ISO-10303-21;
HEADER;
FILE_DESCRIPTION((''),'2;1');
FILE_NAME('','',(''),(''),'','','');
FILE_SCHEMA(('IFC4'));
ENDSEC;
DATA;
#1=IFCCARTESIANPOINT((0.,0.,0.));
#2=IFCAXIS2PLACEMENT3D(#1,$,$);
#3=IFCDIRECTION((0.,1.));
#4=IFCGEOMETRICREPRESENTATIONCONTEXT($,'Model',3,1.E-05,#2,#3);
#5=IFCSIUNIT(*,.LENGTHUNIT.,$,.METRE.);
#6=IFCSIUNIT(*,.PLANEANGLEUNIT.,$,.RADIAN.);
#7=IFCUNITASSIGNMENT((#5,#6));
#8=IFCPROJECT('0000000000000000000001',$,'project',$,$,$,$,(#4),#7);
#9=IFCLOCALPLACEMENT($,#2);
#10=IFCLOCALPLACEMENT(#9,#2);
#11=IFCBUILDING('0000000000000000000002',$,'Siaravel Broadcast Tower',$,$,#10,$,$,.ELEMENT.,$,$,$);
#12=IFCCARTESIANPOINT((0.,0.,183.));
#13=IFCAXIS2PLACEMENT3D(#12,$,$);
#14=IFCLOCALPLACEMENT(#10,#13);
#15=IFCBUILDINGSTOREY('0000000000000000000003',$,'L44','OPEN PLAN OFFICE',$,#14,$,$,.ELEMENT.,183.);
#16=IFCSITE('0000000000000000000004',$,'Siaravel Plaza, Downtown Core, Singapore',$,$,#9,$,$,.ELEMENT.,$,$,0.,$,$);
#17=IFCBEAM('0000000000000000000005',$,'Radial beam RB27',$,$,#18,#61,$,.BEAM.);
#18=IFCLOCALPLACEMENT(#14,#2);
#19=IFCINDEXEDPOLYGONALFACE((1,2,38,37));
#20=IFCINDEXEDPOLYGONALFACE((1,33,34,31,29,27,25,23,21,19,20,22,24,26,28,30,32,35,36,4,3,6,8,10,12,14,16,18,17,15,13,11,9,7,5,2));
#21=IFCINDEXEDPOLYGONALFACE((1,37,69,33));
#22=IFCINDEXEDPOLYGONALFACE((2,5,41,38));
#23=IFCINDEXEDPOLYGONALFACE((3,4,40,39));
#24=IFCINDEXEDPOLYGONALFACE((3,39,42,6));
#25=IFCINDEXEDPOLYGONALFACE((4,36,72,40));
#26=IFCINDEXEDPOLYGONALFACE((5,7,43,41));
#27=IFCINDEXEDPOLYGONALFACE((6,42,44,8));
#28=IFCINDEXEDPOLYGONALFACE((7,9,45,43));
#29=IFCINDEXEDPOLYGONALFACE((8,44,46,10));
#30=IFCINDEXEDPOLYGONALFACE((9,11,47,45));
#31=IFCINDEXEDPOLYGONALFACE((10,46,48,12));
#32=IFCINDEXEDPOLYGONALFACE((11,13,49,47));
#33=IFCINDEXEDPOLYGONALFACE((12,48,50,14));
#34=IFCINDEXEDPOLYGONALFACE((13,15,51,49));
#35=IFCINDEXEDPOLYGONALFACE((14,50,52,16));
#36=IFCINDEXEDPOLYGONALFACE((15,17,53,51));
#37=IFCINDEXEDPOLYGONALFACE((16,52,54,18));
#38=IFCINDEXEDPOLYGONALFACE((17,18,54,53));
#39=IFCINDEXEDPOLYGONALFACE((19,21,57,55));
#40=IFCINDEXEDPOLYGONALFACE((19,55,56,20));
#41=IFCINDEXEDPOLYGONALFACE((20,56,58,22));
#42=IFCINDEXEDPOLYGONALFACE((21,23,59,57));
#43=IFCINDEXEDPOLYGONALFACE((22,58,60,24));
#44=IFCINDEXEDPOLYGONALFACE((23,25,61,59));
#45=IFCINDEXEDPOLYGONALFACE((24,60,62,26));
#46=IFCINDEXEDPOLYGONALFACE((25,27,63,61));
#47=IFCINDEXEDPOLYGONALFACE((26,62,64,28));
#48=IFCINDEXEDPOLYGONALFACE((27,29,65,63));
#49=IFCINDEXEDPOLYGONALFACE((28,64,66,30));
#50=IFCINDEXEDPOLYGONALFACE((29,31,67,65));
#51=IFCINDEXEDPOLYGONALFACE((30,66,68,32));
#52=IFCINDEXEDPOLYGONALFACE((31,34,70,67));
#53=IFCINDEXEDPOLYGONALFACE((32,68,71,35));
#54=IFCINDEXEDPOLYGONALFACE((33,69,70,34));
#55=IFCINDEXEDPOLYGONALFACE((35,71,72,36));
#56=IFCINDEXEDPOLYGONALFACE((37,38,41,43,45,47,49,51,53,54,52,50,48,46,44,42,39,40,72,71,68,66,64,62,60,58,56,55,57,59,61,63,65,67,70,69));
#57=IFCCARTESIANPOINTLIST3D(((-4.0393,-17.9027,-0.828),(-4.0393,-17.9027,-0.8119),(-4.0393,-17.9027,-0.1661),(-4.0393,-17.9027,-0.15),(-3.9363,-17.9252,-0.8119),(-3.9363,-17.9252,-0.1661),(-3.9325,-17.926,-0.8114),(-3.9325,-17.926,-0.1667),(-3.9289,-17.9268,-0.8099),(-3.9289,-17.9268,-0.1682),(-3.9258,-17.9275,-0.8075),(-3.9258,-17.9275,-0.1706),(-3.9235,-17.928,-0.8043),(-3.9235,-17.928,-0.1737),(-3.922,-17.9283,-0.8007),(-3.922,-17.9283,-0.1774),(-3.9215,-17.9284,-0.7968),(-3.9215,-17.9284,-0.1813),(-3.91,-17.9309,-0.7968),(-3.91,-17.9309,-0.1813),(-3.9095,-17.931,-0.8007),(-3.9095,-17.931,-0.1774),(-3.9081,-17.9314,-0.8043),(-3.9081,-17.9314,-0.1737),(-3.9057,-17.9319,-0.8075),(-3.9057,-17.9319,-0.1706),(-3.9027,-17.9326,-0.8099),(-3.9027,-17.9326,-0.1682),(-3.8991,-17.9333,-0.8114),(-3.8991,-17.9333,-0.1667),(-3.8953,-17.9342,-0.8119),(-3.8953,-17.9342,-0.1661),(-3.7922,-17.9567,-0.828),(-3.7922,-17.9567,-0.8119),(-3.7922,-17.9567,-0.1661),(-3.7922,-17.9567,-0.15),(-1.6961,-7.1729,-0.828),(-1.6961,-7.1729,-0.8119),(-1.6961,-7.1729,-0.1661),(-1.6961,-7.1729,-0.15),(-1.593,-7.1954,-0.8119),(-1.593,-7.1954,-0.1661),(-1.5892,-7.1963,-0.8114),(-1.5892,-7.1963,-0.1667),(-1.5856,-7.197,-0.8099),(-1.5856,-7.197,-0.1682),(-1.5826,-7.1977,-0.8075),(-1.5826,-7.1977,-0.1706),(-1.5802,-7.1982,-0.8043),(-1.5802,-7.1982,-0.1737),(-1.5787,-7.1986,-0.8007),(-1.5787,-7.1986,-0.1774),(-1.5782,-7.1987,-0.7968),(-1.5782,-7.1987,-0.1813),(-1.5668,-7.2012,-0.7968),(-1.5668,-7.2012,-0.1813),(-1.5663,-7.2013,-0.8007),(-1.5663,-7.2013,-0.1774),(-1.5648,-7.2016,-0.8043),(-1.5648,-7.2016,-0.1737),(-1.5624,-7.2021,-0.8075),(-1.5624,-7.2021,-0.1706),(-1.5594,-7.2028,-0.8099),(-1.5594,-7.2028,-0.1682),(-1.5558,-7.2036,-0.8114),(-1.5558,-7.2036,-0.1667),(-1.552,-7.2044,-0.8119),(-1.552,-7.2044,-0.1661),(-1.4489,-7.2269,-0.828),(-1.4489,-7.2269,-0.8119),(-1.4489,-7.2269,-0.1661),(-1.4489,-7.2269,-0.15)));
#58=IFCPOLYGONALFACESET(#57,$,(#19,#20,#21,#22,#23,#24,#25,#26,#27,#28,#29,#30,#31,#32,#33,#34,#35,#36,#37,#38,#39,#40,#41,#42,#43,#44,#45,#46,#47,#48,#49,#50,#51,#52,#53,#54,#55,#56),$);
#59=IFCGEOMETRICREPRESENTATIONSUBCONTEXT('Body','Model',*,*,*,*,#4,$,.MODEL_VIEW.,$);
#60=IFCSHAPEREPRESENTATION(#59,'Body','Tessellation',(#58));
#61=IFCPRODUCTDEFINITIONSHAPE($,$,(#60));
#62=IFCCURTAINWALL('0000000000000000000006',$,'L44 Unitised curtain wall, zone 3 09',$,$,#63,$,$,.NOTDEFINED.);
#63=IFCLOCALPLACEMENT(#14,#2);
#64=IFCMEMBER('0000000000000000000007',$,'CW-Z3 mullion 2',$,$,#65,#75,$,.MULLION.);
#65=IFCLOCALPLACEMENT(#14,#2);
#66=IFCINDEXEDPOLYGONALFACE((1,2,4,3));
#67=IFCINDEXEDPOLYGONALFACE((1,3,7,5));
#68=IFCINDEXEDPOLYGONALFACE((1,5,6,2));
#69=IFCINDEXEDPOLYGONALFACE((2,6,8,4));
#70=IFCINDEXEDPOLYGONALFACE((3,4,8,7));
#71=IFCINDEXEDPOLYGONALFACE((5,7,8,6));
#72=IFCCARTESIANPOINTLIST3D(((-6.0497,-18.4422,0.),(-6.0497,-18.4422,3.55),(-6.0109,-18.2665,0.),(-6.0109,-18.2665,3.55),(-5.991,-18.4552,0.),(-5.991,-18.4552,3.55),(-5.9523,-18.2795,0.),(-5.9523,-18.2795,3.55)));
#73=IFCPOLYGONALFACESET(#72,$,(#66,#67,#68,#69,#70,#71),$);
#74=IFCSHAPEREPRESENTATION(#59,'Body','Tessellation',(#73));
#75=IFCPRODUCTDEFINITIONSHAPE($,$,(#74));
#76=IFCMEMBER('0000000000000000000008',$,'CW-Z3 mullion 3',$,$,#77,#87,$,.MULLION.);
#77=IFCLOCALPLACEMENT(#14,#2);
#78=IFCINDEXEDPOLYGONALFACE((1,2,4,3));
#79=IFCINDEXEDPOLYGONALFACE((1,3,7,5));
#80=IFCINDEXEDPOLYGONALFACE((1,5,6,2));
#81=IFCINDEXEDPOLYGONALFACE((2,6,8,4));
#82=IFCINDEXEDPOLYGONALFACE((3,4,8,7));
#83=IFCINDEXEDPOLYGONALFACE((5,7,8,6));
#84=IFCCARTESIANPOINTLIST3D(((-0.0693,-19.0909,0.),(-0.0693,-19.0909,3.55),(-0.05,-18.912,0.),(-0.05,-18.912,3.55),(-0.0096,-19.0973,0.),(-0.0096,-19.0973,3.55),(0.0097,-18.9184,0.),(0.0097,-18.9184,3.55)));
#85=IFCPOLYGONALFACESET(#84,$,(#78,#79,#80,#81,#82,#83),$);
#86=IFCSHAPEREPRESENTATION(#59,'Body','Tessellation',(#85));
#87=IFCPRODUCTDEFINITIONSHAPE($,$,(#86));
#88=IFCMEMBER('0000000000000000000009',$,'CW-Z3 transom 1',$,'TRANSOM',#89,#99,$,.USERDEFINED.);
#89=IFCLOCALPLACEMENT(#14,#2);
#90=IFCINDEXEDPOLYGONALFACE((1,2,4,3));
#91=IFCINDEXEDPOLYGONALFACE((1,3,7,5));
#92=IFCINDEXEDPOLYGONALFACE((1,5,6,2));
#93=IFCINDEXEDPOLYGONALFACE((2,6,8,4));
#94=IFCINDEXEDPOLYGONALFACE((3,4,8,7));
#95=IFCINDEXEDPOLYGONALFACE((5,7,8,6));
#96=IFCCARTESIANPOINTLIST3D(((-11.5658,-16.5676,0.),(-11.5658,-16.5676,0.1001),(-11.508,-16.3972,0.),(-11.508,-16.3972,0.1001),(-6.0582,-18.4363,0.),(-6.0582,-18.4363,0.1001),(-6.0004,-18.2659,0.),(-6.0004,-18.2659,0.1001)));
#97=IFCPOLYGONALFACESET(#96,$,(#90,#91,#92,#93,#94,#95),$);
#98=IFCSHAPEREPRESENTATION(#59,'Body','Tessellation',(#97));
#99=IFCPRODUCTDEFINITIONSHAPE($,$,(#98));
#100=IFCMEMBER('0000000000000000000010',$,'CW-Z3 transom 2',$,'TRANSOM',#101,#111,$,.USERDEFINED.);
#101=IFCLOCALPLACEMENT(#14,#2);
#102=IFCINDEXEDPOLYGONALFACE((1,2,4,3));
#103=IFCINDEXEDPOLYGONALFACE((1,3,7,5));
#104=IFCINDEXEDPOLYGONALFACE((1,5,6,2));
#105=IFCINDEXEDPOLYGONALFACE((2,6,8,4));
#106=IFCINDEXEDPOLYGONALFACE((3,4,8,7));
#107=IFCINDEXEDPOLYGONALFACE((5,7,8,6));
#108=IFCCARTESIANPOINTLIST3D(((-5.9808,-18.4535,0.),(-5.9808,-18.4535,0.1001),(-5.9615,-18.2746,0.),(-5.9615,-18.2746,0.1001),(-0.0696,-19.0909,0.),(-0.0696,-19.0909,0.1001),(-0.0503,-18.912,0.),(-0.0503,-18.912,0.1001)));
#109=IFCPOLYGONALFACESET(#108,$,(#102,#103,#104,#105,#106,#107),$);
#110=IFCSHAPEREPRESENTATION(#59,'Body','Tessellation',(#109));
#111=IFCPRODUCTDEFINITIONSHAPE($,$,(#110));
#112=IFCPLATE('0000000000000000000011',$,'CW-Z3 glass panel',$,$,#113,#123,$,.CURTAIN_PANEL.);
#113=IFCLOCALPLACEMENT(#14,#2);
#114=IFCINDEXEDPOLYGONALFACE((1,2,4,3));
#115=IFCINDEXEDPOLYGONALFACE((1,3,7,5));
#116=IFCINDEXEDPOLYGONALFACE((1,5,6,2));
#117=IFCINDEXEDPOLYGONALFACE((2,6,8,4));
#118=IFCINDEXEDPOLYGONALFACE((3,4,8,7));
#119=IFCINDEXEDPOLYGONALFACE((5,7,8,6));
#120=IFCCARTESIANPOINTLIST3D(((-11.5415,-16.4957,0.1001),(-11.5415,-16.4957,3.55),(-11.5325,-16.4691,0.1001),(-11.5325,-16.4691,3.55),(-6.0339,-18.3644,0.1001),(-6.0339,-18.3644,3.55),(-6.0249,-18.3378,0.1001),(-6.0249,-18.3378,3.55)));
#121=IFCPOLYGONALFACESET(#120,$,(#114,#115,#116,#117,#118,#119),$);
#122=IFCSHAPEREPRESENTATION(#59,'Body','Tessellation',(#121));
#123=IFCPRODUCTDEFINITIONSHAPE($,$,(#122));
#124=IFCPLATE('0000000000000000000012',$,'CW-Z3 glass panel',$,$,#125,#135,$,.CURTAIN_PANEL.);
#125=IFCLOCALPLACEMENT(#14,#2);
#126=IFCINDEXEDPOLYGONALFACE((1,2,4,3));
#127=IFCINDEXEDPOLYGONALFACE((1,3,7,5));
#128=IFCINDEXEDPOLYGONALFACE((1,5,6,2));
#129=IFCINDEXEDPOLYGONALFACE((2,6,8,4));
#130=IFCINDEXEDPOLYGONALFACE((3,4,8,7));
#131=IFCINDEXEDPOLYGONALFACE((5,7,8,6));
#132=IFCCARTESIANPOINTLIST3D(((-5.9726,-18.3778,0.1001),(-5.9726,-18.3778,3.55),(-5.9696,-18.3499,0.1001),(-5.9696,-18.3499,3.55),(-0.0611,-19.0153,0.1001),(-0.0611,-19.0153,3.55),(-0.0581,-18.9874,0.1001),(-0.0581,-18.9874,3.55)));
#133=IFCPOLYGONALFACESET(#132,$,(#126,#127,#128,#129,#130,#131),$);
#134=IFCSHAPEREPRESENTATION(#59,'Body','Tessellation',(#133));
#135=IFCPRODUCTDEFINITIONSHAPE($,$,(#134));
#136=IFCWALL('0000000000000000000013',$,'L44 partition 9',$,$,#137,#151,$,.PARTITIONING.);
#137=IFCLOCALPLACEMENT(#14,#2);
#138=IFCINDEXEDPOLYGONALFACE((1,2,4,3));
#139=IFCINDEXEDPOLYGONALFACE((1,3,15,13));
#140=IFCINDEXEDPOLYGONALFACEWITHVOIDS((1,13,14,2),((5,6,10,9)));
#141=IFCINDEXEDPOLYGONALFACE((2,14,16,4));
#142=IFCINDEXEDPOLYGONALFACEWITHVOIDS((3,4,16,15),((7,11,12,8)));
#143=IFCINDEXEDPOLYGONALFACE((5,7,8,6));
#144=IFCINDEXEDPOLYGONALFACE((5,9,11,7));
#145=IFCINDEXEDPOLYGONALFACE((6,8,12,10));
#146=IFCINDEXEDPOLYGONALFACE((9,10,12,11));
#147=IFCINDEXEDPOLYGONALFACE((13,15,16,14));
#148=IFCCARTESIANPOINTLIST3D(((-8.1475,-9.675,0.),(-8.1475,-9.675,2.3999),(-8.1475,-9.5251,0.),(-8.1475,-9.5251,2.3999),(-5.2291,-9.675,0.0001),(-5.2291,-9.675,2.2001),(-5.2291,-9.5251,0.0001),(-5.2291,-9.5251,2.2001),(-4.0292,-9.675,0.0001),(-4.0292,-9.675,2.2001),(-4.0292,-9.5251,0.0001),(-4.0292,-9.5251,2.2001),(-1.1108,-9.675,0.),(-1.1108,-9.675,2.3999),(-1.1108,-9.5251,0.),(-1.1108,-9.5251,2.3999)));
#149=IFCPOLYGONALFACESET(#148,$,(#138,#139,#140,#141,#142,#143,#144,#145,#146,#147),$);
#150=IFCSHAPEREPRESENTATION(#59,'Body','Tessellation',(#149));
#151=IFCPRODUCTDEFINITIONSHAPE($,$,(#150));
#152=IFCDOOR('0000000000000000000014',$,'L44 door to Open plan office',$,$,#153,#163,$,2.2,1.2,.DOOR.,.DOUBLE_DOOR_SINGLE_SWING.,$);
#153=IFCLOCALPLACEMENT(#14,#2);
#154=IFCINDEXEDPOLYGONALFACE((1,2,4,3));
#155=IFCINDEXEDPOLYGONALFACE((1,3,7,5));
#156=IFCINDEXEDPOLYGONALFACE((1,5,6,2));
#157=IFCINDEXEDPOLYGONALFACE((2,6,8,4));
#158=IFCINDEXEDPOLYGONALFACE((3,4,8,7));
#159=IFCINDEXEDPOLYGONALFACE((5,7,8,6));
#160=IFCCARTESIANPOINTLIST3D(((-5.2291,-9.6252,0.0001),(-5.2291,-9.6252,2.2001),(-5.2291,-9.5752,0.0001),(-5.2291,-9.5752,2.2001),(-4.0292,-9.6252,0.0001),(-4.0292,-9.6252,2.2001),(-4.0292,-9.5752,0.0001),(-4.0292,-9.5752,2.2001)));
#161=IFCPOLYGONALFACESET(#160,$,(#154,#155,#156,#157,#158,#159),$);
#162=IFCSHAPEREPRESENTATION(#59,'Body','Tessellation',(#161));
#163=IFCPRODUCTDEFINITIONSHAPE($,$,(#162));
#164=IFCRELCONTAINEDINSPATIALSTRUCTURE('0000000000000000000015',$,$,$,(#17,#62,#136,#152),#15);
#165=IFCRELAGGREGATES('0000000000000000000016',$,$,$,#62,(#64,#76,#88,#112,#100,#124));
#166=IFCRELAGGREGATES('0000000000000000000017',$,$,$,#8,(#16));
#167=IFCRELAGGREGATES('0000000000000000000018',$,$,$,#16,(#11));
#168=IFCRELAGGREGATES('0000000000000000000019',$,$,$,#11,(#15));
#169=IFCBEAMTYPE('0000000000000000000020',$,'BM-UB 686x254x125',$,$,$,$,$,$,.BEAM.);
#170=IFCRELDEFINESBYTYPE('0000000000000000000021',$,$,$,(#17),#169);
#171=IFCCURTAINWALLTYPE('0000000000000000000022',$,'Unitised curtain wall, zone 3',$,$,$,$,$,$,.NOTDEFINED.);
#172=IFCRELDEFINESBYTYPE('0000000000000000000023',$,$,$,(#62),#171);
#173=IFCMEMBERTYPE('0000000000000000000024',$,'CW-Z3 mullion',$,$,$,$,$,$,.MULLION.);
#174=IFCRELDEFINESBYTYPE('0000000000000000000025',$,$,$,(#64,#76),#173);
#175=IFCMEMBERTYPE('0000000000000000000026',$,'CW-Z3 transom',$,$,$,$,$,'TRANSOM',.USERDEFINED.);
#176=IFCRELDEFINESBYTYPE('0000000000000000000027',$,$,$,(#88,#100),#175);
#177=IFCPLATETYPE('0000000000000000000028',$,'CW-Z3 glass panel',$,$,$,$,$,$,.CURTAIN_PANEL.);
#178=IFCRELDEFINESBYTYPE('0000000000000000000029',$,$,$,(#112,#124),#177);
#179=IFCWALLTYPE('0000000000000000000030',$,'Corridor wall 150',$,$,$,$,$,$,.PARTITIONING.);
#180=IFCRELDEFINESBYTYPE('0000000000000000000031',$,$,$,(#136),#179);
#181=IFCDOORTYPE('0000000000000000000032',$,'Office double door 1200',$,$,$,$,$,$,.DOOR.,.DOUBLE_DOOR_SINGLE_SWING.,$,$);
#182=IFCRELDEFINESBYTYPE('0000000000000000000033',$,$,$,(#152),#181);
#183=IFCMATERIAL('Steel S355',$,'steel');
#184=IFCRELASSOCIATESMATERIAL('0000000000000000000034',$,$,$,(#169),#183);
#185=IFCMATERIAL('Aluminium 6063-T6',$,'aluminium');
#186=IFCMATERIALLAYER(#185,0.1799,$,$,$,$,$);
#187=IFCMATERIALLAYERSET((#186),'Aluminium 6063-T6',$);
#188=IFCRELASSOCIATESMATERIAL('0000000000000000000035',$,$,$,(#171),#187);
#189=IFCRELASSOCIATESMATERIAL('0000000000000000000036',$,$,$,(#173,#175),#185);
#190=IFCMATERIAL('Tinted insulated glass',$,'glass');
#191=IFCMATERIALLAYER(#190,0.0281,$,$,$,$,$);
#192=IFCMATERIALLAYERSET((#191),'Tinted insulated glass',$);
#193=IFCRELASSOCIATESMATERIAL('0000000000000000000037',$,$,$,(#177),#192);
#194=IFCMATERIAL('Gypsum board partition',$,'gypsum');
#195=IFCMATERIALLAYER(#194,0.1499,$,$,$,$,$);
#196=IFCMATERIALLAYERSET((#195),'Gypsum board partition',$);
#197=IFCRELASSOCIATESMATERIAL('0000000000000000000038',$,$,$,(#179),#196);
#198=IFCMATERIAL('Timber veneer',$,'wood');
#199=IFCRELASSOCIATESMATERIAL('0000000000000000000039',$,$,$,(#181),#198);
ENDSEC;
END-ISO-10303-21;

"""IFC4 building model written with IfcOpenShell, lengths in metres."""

from ifc_helpers import new_model, si_unit, direction, frame, frame_2d, origin, origin_2d, place, context, subcontext, project, spatial, rectangle, i_section, extrude, material, layer, layer_set, material_profile, profile_set, type_object, element, fill, aggregate, save


model = new_model("IFC4")

# Units and contexts
model_context = context("Model", 3, precision=1e-05, world=origin(), true_north=direction((0.0, 1.0)))
body_context = subcontext(model_context, "Body", "Model", "MODEL_VIEW")
ifc_project = project(units=[si_unit("LENGTHUNIT", "METRE"), si_unit("PLANEANGLEUNIT", "RADIAN")], contexts=[model_context])

# Site, building, storey
site_placement = place(None, origin())
site = spatial("IfcSite", under=ifc_project, at=site_placement, Name="Siaravel Plaza, Downtown Core, Singapore", CompositionType="ELEMENT", RefElevation=0.0)
building_placement = place(site_placement, origin())
building = spatial("IfcBuilding", under=site, at=building_placement, Name="Siaravel Broadcast Tower", CompositionType="ELEMENT")
storey_placement = place(building_placement, frame((0.0, 0.0, 183.0)))
storey = spatial("IfcBuildingStorey", under=building, at=storey_placement, Name="L44", Description="OPEN PLAN OFFICE", CompositionType="ELEMENT", Elevation=183.0)

# Beam
ifc_material_1 = material(Name="Steel S355", Category="steel")
ifc_material_profile_1 = material_profile(ifc_material_1, i_section(OverallWidth=0.2529, OverallDepth=0.678, WebThickness=0.0117, FlangeThickness=0.0161, FilletRadius=0.0151, at=origin_2d()))
ifc_profile_set_1 = profile_set([ifc_material_profile_1], Name="Steel S355")
beam_type = type_object("IfcBeamType", Name="BM-UB 686x254x125", PredefinedType="BEAM", material=ifc_profile_set_1)
beam_1_placement = place(storey_placement, frame((-3.9158, -17.9297, -0.489), z_axis=(0.213361, 0.976973, 0.0), x_axis=(-0.976973, 0.213361, 0.0)))
element("IfcBeam", 1, at=beam_1_placement, inside=storey, type_object=beam_type, Name="Radial beam RB27", PredefinedType="BEAM", context=body_context, shape_type="SweptSolid", body=[
    extrude(i_section(OverallWidth=0.2529, OverallDepth=0.678, WebThickness=0.0117, FlangeThickness=0.0161, FilletRadius=0.0151, at=origin_2d()), origin(), (0.0, 0.0, 1.0), 10.9827),
])

# Curtain wall, members, plates
ifc_material_2 = material(Name="Aluminium 6063-T6", Category="aluminium")
ifc_layer_1 = layer(ifc_material_2, 0.1799)
ifc_layer_set_1 = layer_set([ifc_layer_1], Name="Aluminium 6063-T6")
curtain_wall_type = type_object("IfcCurtainWallType", Name="Unitised curtain wall, zone 3", PredefinedType="NOTDEFINED", material=ifc_layer_set_1)
curtain_wall_placement = place(storey_placement, origin())
curtain_wall = element("IfcCurtainWall", 2, at=curtain_wall_placement, inside=storey, type_object=curtain_wall_type, Name="L44 Unitised curtain wall, zone 3 09", PredefinedType="NOTDEFINED")
ifc_material_profile_2 = material_profile(ifc_material_2, rectangle(XDim=0.1799, YDim=0.0601, at=origin_2d()))
ifc_profile_set_2 = profile_set([ifc_material_profile_2], Name="Aluminium 6063-T6")
member_type_1 = type_object("IfcMemberType", Name="CW-Z3 mullion", PredefinedType="MULLION", material=ifc_profile_set_2)
member_1_placement = place(storey_placement, frame((-6.001, -18.3608, 0.0), z_axis=(0.0, 0.0, 1.0), x_axis=(0.215558, 0.976491, 0.0)))
member_1 = element("IfcMember", 3, at=member_1_placement, type_object=member_type_1, Name="CW-Z3 mullion 2", PredefinedType="MULLION", context=body_context, shape_type="SweptSolid", body=[
    extrude(rectangle(XDim=0.1799, YDim=0.0601, at=origin_2d()), origin(), (0.0, 0.0, 1.0), 3.55),
])
member_2_placement = place(storey_placement, frame((-0.0298, -19.0046, 0.0), z_axis=(0.0, 0.0, 1.0), x_axis=(0.107217, 0.994236, 0.0)))
member_2 = element("IfcMember", 4, at=member_2_placement, type_object=member_type_1, Name="CW-Z3 mullion 3", PredefinedType="MULLION", context=body_context, shape_type="SweptSolid", body=[
    extrude(rectangle(XDim=0.1799, YDim=0.0601, at=origin_2d()), origin(), (0.0, 0.0, 1.0), 3.55),
])
ifc_material_profile_3 = material_profile(ifc_material_2, rectangle(XDim=0.1799, YDim=0.1001, at=origin_2d()))
ifc_profile_set_3 = profile_set([ifc_material_profile_3], Name="Aluminium 6063-T6")
member_type_2 = type_object("IfcMemberType", Name="CW-Z3 transom", ElementType="TRANSOM", PredefinedType="USERDEFINED", material=ifc_profile_set_3)
member_3_placement = place(storey_placement, frame((-11.5369, -16.4824, 0.05), z_axis=(0.946978, -0.321298, 0.0), x_axis=(0.321298, 0.946978, 0.0)))
member_3 = element("IfcMember", 5, at=member_3_placement, type_object=member_type_2, Name="CW-Z3 transom 1", ObjectType="TRANSOM", PredefinedType="USERDEFINED", context=body_context, shape_type="SweptSolid", body=[
    extrude(rectangle(XDim=0.1799, YDim=0.1001, at=origin_2d()), origin(), (0.0, 0.0, 1.0), 5.8159),
])
member_4_placement = place(storey_placement, frame((-5.9712, -18.364, 0.05), z_axis=(0.994236, -0.107213, 0.0), x_axis=(0.107213, 0.994236, 0.0)))
member_4 = element("IfcMember", 6, at=member_4_placement, type_object=member_type_2, Name="CW-Z3 transom 2", ObjectType="TRANSOM", PredefinedType="USERDEFINED", context=body_context, shape_type="SweptSolid", body=[
    extrude(rectangle(XDim=0.1799, YDim=0.1001, at=origin_2d()), origin(), (0.0, 0.0, 1.0), 5.9456),
])
ifc_material_3 = material(Name="Tinted insulated glass", Category="glass")
ifc_layer_2 = layer(ifc_material_3, 0.0281)
ifc_layer_set_2 = layer_set([ifc_layer_2], Name="Tinted insulated glass")
plate_type = type_object("IfcPlateType", Name="CW-Z3 glass panel", PredefinedType="CURTAIN_PANEL", material=ifc_layer_set_2)
plate_1_placement = place(storey_placement, frame((-8.7832, -17.4167, 0.1001), z_axis=(0.0, 0.0, 1.0), x_axis=(0.946977, -0.3213, 0.0)))
plate_1 = element("IfcPlate", 7, at=plate_1_placement, type_object=plate_type, Name="CW-Z3 glass panel", PredefinedType="CURTAIN_PANEL", context=body_context, shape_type="SweptSolid", body=[
    extrude(rectangle(XDim=5.8159, YDim=0.0281, at=origin_2d()), origin(), (0.0, 0.0, 1.0), 3.45),
])
plate_2_placement = place(storey_placement, frame((-3.0154, -18.6826, 0.1001), z_axis=(0.0, 0.0, 1.0), x_axis=(0.994236, -0.107217, 0.0)))
plate_2 = element("IfcPlate", 8, at=plate_2_placement, type_object=plate_type, Name="CW-Z3 glass panel", PredefinedType="CURTAIN_PANEL", context=body_context, shape_type="SweptSolid", body=[
    extrude(rectangle(XDim=5.9458, YDim=0.0281, at=origin_2d()), origin(), (0.0, 0.0, 1.0), 3.45),
])
aggregate(curtain_wall, [member_1, member_2, member_3, plate_1, member_4, plate_2])

# Wall, opening, door
ifc_material_4 = material(Name="Gypsum board partition", Category="gypsum")
ifc_layer_3 = layer(ifc_material_4, 0.1499)
ifc_layer_set_3 = layer_set([ifc_layer_3], Name="Gypsum board partition")
wall_type_1 = type_object("IfcWallType", Name="Corridor wall 150", PredefinedType="PARTITIONING", material=ifc_layer_set_3)
wall_1_placement = place(storey_placement, frame((-8.1475, -9.6001, 0.0), z_axis=(0.0, 0.0, 1.0), x_axis=(1.0, 0.0, 0.0)))
wall_1 = element("IfcWall", 9, at=wall_1_placement, inside=storey, type_object=wall_type_1, Name="L44 partition 9", PredefinedType="PARTITIONING", context=body_context, shape_type="SweptSolid", body=[
    extrude(rectangle(XDim=7.0366, YDim=0.1499, at=frame_2d((3.5183, 0.0))), origin(), (0.0, 0.0, 1.0), 2.3999),
])
opening_1_placement = place(wall_1_placement, frame((2.9182, 0.0, 0.0)))
opening_1 = element("IfcOpeningElement", 10, at=opening_1_placement, cuts=wall_1, PredefinedType="OPENING", context=body_context, shape_type="SweptSolid", body=[
    extrude(rectangle(XDim=1.2, YDim=2.2, at=frame_2d((0.6001, 1.1001))), frame((0.0, 0.085, 0.0), z_axis=(0.0, -1.0, 0.0), x_axis=(1.0, 0.0, 0.0)), (0.0, 0.0, 1.0), 0.1699),
])
ifc_material_5 = material(Name="Timber veneer", Category="wood")
door_type_1 = type_object("IfcDoorType", Name="Office double door 1200", OperationType="DOUBLE_DOOR_SINGLE_SWING", PredefinedType="DOOR", material=ifc_material_5)
door_1_placement = place(opening_1_placement, origin())
door_1 = element("IfcDoor", 11, at=door_1_placement, inside=storey, type_object=door_type_1, Name="L44 door to Open plan office", OperationType="DOUBLE_DOOR_SINGLE_SWING", OverallHeight=2.2, OverallWidth=1.2, PredefinedType="DOOR", context=body_context, shape_type="SweptSolid", body=[
    extrude(rectangle(XDim=1.2, YDim=2.2, at=frame_2d((0.6001, 1.1001))), frame((0.0, 0.0249, 0.0), z_axis=(0.0, -1.0, 0.0), x_axis=(1.0, 0.0, 0.0)), (0.0, 0.0, 1.0), 0.05),
])
fill(opening_1, door_1)

save(model, "model.ifc")
